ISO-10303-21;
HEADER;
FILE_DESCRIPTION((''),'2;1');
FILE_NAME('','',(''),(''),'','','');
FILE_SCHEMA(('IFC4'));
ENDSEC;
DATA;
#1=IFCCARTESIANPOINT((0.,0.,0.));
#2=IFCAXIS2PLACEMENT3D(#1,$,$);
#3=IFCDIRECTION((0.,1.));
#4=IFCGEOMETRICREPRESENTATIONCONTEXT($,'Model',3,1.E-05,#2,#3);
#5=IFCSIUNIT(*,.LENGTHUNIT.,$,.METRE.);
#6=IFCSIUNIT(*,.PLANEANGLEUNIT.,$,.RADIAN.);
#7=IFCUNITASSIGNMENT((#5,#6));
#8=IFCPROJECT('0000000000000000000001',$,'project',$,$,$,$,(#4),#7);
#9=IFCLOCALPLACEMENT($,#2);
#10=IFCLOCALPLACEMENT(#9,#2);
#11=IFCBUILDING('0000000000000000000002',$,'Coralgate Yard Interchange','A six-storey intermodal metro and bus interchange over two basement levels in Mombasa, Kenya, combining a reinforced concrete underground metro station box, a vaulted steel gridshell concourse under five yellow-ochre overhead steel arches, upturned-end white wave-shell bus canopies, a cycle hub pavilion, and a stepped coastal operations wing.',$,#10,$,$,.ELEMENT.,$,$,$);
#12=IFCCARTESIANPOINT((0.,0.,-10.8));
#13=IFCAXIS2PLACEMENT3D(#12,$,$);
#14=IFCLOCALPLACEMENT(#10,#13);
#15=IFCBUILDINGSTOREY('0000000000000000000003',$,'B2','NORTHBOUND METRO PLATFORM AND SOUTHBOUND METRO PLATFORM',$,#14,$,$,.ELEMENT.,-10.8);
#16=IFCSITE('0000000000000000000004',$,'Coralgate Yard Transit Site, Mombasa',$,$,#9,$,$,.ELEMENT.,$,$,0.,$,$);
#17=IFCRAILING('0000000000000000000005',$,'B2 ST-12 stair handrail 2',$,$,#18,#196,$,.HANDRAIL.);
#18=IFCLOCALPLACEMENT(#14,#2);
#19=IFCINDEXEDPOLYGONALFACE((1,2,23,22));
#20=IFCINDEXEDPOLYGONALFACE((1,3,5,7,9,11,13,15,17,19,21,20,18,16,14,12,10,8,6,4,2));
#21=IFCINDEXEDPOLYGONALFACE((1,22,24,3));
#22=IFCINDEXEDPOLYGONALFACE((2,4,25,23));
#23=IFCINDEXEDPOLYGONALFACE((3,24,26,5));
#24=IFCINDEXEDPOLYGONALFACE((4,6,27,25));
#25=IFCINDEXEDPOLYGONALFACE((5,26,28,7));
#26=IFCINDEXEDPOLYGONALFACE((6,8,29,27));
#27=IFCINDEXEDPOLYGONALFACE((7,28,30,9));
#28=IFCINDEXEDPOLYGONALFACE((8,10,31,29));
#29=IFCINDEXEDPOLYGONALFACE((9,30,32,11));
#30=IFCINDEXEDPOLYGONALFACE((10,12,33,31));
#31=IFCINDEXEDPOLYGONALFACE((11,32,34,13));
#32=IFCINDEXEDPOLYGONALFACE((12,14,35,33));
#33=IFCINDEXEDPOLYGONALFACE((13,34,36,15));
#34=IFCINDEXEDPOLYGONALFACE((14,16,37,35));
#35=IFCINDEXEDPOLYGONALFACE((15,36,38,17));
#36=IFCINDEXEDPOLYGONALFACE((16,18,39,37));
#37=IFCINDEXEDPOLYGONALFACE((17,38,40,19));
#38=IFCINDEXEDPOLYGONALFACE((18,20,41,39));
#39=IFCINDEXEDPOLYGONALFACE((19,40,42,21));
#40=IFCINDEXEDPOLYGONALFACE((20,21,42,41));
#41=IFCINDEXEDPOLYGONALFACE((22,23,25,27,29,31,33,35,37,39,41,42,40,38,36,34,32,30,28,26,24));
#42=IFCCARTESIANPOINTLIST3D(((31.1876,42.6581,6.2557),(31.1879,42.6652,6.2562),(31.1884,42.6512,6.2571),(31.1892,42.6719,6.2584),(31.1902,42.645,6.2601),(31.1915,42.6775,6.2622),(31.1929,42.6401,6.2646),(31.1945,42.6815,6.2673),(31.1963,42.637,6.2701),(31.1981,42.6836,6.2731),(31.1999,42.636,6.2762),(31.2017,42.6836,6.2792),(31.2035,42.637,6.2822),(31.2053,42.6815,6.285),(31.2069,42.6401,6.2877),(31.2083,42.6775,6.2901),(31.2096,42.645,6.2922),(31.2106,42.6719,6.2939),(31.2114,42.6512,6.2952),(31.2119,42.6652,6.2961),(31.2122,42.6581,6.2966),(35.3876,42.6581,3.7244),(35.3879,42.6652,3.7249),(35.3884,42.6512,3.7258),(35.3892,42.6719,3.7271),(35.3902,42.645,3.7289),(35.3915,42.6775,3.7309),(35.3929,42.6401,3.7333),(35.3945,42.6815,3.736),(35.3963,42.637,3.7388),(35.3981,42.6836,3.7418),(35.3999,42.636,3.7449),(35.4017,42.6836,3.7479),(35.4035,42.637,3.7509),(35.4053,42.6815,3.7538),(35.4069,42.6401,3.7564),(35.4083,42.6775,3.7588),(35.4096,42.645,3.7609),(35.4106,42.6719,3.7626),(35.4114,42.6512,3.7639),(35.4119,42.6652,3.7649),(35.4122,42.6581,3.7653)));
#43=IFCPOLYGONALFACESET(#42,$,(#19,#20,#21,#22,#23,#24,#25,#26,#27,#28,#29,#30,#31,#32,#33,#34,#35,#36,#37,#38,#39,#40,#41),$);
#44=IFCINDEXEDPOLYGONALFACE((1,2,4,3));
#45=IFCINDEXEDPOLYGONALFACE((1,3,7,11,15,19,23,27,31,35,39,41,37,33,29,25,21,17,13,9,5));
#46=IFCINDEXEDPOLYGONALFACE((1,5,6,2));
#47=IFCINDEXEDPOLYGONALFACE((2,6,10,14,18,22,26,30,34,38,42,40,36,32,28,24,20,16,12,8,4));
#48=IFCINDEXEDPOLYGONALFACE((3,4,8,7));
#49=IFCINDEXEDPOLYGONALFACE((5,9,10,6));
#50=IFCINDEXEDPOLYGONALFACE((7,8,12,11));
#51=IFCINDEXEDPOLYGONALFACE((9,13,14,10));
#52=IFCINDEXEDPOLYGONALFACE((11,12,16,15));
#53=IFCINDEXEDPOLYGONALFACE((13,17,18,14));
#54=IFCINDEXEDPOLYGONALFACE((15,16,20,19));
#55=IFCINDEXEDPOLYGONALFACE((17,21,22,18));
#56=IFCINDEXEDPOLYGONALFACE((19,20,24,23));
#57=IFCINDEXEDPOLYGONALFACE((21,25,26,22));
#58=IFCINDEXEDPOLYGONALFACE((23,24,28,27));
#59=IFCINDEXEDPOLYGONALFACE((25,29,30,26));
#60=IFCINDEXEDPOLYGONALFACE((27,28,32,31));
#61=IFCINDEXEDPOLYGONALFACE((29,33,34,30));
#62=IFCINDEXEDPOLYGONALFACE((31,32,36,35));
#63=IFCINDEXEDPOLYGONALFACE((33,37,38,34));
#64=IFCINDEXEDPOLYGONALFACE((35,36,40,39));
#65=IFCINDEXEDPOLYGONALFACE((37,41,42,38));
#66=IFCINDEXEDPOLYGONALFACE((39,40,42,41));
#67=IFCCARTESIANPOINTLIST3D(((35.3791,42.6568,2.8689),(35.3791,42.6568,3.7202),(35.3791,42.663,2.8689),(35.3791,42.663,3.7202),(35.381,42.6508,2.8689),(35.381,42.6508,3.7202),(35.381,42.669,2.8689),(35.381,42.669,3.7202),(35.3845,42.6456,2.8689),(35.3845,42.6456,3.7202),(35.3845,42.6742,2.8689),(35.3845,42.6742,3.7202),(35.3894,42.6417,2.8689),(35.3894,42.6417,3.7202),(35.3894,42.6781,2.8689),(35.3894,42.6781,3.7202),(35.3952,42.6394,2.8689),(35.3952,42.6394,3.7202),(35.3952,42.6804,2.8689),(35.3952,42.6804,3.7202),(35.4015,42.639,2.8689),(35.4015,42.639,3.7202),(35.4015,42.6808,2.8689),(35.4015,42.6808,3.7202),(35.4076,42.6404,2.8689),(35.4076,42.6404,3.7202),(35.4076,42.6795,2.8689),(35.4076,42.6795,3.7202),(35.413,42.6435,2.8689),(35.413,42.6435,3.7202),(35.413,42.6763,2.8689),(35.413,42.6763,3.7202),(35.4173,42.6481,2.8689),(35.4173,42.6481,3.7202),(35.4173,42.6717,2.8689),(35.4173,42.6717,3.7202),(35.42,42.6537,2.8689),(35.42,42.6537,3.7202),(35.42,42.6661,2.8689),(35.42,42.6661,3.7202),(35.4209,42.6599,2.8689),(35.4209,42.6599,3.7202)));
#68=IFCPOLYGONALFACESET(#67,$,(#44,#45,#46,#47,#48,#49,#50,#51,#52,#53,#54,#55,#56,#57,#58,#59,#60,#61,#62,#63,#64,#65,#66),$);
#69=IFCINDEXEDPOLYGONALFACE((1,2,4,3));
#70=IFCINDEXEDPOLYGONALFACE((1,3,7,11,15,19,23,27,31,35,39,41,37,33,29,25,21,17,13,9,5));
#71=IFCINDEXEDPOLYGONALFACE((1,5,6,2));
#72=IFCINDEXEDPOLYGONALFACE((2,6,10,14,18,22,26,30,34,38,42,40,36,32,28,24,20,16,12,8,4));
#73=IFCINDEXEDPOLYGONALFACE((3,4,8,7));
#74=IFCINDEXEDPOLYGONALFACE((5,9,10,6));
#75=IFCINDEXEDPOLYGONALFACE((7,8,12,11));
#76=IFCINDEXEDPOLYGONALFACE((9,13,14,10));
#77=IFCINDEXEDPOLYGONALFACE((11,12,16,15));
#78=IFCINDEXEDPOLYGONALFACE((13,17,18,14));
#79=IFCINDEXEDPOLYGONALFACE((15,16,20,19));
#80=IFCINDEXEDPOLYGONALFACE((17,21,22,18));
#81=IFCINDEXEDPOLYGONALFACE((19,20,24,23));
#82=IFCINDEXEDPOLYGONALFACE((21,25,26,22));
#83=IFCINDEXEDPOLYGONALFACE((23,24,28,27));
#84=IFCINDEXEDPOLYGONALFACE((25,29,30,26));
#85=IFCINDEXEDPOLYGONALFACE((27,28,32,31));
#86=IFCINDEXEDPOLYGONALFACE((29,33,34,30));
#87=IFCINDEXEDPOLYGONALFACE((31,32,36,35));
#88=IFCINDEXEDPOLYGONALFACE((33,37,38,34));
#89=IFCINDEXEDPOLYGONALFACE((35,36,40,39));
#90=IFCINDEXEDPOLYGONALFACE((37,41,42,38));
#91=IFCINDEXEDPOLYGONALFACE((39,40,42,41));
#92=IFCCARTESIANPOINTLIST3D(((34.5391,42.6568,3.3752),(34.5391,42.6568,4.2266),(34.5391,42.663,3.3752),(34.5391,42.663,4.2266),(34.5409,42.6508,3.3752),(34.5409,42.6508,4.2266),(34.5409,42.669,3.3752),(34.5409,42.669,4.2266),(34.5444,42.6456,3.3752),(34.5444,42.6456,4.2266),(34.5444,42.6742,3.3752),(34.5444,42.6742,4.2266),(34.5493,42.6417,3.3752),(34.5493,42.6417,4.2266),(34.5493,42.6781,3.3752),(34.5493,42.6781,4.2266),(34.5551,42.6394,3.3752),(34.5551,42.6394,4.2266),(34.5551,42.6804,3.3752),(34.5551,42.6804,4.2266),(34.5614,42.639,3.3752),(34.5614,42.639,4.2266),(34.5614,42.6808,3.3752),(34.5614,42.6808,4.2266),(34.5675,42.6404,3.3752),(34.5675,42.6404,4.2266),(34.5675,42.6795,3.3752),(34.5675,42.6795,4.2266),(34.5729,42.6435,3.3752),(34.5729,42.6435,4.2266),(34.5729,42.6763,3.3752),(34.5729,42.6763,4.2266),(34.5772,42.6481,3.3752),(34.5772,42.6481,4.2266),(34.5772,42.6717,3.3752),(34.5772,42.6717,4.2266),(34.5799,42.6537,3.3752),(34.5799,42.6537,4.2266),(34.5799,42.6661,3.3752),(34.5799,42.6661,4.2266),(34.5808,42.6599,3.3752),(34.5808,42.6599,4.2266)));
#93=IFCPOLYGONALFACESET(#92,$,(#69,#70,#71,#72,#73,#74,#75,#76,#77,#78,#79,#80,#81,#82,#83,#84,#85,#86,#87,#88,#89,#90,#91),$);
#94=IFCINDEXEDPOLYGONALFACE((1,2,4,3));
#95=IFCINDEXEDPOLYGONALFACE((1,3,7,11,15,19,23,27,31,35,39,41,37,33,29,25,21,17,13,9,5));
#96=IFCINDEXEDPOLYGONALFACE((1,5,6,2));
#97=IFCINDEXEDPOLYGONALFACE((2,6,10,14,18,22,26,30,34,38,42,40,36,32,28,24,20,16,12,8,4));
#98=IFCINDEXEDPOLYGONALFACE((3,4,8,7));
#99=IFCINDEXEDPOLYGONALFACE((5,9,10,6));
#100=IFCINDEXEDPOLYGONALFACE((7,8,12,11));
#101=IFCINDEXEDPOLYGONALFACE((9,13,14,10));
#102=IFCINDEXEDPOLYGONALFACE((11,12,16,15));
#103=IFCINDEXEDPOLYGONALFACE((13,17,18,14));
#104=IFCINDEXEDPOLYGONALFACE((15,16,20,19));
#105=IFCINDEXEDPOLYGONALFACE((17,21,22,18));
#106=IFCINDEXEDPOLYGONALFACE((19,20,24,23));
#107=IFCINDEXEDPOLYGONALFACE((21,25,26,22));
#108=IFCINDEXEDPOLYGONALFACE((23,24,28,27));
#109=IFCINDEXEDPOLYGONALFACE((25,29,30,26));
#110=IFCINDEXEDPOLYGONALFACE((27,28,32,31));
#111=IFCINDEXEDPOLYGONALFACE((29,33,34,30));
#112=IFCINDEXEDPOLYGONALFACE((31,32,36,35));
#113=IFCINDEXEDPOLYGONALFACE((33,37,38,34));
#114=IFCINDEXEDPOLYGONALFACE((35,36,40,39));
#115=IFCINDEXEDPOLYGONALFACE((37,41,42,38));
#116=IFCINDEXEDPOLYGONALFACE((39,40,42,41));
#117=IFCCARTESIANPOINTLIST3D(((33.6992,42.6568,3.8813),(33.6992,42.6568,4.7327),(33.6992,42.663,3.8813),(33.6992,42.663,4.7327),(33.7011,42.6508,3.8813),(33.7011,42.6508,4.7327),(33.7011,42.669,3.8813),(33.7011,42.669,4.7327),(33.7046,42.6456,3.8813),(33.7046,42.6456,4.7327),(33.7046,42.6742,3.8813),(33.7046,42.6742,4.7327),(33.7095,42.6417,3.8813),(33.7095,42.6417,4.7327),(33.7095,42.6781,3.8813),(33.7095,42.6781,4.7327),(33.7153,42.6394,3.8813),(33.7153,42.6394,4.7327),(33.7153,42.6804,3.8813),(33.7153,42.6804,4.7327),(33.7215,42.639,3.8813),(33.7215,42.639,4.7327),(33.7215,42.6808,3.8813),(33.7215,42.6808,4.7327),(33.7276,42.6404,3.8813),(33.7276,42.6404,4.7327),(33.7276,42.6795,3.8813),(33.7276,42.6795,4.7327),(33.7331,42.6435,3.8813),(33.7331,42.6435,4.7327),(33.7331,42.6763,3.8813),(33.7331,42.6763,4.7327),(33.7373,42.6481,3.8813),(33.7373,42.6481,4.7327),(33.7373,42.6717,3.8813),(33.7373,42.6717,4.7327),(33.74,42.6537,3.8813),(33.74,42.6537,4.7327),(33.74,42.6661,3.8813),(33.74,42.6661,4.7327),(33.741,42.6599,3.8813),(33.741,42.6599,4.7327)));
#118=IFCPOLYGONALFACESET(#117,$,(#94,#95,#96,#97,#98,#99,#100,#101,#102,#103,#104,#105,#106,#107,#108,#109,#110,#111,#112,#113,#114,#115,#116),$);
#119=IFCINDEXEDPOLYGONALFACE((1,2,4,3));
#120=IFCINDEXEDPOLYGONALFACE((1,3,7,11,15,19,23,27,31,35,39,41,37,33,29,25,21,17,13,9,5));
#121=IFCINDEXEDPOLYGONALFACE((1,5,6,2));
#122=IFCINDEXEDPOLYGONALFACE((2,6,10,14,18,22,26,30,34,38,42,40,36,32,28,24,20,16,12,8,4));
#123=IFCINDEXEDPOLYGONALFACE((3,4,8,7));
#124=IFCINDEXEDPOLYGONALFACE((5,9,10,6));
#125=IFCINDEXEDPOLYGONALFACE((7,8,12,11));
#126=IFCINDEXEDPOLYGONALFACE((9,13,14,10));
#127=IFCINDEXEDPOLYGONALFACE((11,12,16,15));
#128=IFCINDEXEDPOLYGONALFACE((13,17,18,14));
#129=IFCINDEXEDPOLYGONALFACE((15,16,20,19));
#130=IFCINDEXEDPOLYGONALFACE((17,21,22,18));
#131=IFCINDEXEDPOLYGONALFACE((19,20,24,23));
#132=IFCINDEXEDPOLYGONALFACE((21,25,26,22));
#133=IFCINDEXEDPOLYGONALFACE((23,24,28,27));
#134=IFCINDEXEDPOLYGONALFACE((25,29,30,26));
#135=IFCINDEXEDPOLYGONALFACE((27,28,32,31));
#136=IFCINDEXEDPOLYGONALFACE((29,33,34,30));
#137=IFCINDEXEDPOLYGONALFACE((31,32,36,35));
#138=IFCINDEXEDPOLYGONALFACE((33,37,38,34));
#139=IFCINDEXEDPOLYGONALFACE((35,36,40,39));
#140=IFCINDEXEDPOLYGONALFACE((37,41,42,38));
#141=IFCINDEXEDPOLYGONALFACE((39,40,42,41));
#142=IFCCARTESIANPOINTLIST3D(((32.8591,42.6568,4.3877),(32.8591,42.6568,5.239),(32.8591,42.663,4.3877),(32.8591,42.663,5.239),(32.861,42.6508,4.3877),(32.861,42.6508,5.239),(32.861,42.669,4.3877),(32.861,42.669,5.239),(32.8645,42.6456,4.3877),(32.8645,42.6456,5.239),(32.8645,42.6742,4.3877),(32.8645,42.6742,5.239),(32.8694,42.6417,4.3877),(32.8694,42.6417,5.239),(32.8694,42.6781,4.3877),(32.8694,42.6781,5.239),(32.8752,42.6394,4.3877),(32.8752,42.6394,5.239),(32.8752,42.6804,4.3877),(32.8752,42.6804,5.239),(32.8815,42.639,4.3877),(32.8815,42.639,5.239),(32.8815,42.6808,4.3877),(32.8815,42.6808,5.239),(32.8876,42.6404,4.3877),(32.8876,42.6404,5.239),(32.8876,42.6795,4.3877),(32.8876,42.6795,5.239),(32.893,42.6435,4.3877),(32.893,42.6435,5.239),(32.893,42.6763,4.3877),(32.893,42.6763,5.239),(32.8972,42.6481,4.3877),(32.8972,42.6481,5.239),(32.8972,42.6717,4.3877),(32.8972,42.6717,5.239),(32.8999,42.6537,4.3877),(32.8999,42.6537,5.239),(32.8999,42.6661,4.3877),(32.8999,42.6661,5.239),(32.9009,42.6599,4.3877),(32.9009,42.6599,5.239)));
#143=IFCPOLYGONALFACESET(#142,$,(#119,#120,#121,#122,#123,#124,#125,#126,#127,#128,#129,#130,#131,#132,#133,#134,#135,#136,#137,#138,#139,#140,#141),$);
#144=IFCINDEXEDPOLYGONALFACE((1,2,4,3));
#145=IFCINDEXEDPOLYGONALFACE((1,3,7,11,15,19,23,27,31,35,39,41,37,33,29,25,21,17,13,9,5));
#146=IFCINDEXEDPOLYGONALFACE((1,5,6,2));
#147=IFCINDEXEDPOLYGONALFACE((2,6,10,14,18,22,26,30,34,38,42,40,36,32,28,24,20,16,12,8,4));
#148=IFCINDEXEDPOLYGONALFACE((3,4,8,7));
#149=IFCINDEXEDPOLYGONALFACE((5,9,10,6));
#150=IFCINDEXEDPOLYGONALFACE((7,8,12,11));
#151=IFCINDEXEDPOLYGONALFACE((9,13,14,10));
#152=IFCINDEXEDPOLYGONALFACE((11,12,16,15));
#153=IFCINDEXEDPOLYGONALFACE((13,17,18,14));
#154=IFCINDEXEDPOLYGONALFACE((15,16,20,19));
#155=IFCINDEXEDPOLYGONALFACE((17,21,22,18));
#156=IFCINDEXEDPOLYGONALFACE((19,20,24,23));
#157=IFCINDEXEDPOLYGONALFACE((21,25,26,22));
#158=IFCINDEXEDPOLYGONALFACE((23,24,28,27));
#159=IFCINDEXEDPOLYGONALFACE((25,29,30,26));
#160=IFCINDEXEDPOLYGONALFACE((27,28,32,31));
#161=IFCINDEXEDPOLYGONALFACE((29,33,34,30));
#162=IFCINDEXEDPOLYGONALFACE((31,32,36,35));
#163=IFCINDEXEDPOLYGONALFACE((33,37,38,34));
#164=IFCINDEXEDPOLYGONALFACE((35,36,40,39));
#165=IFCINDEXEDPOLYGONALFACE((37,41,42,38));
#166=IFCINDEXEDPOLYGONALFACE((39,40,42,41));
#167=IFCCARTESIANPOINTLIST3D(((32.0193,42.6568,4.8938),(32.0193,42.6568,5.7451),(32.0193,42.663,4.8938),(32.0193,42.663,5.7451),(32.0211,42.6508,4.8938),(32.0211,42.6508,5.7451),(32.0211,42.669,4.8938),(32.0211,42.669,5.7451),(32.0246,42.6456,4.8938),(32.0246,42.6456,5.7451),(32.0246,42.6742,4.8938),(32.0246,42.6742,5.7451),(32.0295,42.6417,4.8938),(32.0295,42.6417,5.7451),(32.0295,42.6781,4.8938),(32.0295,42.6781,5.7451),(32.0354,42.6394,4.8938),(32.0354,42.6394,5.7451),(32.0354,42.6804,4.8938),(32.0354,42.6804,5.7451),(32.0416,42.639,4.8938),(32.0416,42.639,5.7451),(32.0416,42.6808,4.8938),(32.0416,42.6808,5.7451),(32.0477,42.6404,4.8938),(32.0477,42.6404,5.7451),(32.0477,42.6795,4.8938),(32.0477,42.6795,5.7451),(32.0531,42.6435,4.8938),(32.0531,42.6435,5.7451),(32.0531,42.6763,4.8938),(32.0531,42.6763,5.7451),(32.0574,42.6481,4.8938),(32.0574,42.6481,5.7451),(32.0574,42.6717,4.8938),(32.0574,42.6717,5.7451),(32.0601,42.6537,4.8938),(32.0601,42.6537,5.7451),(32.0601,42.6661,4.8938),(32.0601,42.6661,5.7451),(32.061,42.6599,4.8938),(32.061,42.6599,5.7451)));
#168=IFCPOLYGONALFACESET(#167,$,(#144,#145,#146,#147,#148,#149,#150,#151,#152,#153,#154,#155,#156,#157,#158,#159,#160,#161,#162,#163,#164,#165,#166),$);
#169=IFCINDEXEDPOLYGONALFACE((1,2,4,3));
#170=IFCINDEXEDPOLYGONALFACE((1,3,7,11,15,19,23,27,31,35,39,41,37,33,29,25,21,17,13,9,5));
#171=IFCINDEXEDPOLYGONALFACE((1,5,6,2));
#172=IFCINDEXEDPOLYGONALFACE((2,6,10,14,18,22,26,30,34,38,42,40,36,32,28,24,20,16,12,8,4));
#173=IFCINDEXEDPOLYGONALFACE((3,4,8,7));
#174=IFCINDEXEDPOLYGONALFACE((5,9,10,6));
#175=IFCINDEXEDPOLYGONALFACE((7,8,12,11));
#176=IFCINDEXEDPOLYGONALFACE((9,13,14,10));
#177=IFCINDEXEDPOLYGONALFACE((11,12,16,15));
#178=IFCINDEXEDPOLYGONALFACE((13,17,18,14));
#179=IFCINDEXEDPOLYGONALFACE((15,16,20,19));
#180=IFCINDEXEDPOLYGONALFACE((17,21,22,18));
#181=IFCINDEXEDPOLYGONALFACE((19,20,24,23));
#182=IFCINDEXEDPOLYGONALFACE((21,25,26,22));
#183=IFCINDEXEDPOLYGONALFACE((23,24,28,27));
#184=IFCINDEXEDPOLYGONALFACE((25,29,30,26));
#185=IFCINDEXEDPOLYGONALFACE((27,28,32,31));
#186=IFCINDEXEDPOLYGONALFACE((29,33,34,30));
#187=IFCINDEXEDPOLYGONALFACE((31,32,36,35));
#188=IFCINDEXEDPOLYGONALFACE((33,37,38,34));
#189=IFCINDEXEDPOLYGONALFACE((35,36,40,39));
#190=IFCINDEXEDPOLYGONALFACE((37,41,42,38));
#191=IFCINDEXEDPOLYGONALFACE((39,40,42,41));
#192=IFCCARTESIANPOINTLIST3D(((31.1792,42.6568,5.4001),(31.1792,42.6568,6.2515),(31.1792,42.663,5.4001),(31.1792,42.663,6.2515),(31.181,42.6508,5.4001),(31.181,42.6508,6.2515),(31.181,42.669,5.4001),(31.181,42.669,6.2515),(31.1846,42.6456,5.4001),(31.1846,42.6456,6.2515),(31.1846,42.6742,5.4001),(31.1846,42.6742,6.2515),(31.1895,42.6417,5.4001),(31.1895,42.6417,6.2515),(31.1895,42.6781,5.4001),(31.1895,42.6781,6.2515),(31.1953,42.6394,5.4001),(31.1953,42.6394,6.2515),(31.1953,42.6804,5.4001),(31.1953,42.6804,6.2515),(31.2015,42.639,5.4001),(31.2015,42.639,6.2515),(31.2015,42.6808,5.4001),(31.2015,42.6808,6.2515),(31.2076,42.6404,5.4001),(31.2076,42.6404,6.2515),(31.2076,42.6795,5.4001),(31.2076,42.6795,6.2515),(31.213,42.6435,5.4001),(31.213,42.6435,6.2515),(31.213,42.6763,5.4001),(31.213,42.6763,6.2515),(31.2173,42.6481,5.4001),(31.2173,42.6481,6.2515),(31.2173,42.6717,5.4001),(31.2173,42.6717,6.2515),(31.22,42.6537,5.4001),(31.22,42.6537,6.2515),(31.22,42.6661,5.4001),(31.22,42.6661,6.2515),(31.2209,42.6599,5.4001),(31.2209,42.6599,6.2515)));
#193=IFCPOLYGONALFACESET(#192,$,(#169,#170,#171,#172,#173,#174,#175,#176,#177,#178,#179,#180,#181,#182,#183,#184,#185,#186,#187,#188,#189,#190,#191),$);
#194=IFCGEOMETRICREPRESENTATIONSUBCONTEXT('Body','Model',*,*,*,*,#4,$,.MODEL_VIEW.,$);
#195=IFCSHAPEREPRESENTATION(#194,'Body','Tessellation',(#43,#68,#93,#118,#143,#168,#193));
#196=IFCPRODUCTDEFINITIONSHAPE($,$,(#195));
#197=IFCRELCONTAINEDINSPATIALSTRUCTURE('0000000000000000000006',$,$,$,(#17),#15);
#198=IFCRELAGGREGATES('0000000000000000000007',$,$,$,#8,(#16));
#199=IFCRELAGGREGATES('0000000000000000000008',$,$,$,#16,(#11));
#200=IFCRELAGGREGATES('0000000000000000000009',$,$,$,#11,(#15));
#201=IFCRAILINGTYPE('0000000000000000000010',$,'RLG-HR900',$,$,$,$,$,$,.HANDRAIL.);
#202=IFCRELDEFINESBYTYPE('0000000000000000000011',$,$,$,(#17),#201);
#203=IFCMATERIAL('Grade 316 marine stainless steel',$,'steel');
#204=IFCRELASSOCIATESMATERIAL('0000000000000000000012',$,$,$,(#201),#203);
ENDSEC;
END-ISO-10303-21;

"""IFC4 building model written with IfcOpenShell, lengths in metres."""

from ifc_helpers import new_model, si_unit, direction, frame, origin, origin_2d, place, context, subcontext, project, spatial, circle, extrude, material, type_object, element, save


model = new_model("IFC4")

# Units and contexts
model_context = context("Model", 3, precision=1e-05, world=origin(), true_north=direction((0.0, 1.0)))
body_context = subcontext(model_context, "Body", "Model", "MODEL_VIEW")
ifc_project = project(units=[si_unit("LENGTHUNIT", "METRE"), si_unit("PLANEANGLEUNIT", "RADIAN")], contexts=[model_context])

# Site, building, storey
site_placement = place(None, origin())
site = spatial("IfcSite", under=ifc_project, at=site_placement, Name="Coralgate Yard Transit Site, Mombasa", CompositionType="ELEMENT", RefElevation=0.0)
building_placement = place(site_placement, origin())
building = spatial("IfcBuilding", under=site, at=building_placement, Name="Coralgate Yard Interchange", Description="A six-storey intermodal metro and bus interchange over two basement levels in Mombasa, Kenya, combining a reinforced concrete underground metro station box, a vaulted steel gridshell concourse under five yellow-ochre overhead steel arches, upturned-end white wave-shell bus canopies, a cycle hub pavilion, and a stepped coastal operations wing.", CompositionType="ELEMENT")
storey_placement = place(building_placement, frame((0.0, 0.0, -10.8)))
storey = spatial("IfcBuildingStorey", under=building, at=storey_placement, Name="B2", Description="NORTHBOUND METRO PLATFORM AND SOUTHBOUND METRO PLATFORM", CompositionType="ELEMENT", Elevation=-10.8)

# Railing
ifc_material_1 = material(Name="Grade 316 marine stainless steel", Category="steel")
railing_type_1 = type_object("IfcRailingType", Name="RLG-HR900", PredefinedType="HANDRAIL", material=ifc_material_1)
railing_1_placement = place(storey_placement, frame((35.3999, 42.6599, 2.8689)))
element("IfcRailing", 1, at=railing_1_placement, inside=storey, type_object=railing_type_1, Name="B2 ST-12 stair handrail 2", PredefinedType="HANDRAIL", context=body_context, shape_type="SweptSolid", body=[
    extrude(circle(Radius=0.0239, at=origin_2d()), frame((0.0, 0.0, 0.876), z_axis=(-0.856476, 0.0, 0.516186), x_axis=(0.0, -1.0, 0.0)), (0.0, 0.0, 1.0), 4.9038),
    extrude(circle(Radius=0.021, at=origin_2d()), origin(), (0.0, 0.0, 1.0), 0.8513),
    extrude(circle(Radius=0.021, at=origin_2d()), frame((-0.8401, 0.0, 0.5063)), (0.0, 0.0, 1.0), 0.8513),
    extrude(circle(Radius=0.021, at=origin_2d()), frame((-1.6799, 0.0, 1.0125)), (0.0, 0.0, 1.0), 0.8513),
    extrude(circle(Radius=0.021, at=origin_2d()), frame((-2.52, 0.0, 1.5188)), (0.0, 0.0, 1.0), 0.8513),
    extrude(circle(Radius=0.021, at=origin_2d()), frame((-3.3599, 0.0, 2.0249)), (0.0, 0.0, 1.0), 0.8513),
    extrude(circle(Radius=0.021, at=origin_2d()), frame((-4.2, 0.0, 2.5312)), (0.0, 0.0, 1.0), 0.8513),
])

save(model, "model.ifc")
